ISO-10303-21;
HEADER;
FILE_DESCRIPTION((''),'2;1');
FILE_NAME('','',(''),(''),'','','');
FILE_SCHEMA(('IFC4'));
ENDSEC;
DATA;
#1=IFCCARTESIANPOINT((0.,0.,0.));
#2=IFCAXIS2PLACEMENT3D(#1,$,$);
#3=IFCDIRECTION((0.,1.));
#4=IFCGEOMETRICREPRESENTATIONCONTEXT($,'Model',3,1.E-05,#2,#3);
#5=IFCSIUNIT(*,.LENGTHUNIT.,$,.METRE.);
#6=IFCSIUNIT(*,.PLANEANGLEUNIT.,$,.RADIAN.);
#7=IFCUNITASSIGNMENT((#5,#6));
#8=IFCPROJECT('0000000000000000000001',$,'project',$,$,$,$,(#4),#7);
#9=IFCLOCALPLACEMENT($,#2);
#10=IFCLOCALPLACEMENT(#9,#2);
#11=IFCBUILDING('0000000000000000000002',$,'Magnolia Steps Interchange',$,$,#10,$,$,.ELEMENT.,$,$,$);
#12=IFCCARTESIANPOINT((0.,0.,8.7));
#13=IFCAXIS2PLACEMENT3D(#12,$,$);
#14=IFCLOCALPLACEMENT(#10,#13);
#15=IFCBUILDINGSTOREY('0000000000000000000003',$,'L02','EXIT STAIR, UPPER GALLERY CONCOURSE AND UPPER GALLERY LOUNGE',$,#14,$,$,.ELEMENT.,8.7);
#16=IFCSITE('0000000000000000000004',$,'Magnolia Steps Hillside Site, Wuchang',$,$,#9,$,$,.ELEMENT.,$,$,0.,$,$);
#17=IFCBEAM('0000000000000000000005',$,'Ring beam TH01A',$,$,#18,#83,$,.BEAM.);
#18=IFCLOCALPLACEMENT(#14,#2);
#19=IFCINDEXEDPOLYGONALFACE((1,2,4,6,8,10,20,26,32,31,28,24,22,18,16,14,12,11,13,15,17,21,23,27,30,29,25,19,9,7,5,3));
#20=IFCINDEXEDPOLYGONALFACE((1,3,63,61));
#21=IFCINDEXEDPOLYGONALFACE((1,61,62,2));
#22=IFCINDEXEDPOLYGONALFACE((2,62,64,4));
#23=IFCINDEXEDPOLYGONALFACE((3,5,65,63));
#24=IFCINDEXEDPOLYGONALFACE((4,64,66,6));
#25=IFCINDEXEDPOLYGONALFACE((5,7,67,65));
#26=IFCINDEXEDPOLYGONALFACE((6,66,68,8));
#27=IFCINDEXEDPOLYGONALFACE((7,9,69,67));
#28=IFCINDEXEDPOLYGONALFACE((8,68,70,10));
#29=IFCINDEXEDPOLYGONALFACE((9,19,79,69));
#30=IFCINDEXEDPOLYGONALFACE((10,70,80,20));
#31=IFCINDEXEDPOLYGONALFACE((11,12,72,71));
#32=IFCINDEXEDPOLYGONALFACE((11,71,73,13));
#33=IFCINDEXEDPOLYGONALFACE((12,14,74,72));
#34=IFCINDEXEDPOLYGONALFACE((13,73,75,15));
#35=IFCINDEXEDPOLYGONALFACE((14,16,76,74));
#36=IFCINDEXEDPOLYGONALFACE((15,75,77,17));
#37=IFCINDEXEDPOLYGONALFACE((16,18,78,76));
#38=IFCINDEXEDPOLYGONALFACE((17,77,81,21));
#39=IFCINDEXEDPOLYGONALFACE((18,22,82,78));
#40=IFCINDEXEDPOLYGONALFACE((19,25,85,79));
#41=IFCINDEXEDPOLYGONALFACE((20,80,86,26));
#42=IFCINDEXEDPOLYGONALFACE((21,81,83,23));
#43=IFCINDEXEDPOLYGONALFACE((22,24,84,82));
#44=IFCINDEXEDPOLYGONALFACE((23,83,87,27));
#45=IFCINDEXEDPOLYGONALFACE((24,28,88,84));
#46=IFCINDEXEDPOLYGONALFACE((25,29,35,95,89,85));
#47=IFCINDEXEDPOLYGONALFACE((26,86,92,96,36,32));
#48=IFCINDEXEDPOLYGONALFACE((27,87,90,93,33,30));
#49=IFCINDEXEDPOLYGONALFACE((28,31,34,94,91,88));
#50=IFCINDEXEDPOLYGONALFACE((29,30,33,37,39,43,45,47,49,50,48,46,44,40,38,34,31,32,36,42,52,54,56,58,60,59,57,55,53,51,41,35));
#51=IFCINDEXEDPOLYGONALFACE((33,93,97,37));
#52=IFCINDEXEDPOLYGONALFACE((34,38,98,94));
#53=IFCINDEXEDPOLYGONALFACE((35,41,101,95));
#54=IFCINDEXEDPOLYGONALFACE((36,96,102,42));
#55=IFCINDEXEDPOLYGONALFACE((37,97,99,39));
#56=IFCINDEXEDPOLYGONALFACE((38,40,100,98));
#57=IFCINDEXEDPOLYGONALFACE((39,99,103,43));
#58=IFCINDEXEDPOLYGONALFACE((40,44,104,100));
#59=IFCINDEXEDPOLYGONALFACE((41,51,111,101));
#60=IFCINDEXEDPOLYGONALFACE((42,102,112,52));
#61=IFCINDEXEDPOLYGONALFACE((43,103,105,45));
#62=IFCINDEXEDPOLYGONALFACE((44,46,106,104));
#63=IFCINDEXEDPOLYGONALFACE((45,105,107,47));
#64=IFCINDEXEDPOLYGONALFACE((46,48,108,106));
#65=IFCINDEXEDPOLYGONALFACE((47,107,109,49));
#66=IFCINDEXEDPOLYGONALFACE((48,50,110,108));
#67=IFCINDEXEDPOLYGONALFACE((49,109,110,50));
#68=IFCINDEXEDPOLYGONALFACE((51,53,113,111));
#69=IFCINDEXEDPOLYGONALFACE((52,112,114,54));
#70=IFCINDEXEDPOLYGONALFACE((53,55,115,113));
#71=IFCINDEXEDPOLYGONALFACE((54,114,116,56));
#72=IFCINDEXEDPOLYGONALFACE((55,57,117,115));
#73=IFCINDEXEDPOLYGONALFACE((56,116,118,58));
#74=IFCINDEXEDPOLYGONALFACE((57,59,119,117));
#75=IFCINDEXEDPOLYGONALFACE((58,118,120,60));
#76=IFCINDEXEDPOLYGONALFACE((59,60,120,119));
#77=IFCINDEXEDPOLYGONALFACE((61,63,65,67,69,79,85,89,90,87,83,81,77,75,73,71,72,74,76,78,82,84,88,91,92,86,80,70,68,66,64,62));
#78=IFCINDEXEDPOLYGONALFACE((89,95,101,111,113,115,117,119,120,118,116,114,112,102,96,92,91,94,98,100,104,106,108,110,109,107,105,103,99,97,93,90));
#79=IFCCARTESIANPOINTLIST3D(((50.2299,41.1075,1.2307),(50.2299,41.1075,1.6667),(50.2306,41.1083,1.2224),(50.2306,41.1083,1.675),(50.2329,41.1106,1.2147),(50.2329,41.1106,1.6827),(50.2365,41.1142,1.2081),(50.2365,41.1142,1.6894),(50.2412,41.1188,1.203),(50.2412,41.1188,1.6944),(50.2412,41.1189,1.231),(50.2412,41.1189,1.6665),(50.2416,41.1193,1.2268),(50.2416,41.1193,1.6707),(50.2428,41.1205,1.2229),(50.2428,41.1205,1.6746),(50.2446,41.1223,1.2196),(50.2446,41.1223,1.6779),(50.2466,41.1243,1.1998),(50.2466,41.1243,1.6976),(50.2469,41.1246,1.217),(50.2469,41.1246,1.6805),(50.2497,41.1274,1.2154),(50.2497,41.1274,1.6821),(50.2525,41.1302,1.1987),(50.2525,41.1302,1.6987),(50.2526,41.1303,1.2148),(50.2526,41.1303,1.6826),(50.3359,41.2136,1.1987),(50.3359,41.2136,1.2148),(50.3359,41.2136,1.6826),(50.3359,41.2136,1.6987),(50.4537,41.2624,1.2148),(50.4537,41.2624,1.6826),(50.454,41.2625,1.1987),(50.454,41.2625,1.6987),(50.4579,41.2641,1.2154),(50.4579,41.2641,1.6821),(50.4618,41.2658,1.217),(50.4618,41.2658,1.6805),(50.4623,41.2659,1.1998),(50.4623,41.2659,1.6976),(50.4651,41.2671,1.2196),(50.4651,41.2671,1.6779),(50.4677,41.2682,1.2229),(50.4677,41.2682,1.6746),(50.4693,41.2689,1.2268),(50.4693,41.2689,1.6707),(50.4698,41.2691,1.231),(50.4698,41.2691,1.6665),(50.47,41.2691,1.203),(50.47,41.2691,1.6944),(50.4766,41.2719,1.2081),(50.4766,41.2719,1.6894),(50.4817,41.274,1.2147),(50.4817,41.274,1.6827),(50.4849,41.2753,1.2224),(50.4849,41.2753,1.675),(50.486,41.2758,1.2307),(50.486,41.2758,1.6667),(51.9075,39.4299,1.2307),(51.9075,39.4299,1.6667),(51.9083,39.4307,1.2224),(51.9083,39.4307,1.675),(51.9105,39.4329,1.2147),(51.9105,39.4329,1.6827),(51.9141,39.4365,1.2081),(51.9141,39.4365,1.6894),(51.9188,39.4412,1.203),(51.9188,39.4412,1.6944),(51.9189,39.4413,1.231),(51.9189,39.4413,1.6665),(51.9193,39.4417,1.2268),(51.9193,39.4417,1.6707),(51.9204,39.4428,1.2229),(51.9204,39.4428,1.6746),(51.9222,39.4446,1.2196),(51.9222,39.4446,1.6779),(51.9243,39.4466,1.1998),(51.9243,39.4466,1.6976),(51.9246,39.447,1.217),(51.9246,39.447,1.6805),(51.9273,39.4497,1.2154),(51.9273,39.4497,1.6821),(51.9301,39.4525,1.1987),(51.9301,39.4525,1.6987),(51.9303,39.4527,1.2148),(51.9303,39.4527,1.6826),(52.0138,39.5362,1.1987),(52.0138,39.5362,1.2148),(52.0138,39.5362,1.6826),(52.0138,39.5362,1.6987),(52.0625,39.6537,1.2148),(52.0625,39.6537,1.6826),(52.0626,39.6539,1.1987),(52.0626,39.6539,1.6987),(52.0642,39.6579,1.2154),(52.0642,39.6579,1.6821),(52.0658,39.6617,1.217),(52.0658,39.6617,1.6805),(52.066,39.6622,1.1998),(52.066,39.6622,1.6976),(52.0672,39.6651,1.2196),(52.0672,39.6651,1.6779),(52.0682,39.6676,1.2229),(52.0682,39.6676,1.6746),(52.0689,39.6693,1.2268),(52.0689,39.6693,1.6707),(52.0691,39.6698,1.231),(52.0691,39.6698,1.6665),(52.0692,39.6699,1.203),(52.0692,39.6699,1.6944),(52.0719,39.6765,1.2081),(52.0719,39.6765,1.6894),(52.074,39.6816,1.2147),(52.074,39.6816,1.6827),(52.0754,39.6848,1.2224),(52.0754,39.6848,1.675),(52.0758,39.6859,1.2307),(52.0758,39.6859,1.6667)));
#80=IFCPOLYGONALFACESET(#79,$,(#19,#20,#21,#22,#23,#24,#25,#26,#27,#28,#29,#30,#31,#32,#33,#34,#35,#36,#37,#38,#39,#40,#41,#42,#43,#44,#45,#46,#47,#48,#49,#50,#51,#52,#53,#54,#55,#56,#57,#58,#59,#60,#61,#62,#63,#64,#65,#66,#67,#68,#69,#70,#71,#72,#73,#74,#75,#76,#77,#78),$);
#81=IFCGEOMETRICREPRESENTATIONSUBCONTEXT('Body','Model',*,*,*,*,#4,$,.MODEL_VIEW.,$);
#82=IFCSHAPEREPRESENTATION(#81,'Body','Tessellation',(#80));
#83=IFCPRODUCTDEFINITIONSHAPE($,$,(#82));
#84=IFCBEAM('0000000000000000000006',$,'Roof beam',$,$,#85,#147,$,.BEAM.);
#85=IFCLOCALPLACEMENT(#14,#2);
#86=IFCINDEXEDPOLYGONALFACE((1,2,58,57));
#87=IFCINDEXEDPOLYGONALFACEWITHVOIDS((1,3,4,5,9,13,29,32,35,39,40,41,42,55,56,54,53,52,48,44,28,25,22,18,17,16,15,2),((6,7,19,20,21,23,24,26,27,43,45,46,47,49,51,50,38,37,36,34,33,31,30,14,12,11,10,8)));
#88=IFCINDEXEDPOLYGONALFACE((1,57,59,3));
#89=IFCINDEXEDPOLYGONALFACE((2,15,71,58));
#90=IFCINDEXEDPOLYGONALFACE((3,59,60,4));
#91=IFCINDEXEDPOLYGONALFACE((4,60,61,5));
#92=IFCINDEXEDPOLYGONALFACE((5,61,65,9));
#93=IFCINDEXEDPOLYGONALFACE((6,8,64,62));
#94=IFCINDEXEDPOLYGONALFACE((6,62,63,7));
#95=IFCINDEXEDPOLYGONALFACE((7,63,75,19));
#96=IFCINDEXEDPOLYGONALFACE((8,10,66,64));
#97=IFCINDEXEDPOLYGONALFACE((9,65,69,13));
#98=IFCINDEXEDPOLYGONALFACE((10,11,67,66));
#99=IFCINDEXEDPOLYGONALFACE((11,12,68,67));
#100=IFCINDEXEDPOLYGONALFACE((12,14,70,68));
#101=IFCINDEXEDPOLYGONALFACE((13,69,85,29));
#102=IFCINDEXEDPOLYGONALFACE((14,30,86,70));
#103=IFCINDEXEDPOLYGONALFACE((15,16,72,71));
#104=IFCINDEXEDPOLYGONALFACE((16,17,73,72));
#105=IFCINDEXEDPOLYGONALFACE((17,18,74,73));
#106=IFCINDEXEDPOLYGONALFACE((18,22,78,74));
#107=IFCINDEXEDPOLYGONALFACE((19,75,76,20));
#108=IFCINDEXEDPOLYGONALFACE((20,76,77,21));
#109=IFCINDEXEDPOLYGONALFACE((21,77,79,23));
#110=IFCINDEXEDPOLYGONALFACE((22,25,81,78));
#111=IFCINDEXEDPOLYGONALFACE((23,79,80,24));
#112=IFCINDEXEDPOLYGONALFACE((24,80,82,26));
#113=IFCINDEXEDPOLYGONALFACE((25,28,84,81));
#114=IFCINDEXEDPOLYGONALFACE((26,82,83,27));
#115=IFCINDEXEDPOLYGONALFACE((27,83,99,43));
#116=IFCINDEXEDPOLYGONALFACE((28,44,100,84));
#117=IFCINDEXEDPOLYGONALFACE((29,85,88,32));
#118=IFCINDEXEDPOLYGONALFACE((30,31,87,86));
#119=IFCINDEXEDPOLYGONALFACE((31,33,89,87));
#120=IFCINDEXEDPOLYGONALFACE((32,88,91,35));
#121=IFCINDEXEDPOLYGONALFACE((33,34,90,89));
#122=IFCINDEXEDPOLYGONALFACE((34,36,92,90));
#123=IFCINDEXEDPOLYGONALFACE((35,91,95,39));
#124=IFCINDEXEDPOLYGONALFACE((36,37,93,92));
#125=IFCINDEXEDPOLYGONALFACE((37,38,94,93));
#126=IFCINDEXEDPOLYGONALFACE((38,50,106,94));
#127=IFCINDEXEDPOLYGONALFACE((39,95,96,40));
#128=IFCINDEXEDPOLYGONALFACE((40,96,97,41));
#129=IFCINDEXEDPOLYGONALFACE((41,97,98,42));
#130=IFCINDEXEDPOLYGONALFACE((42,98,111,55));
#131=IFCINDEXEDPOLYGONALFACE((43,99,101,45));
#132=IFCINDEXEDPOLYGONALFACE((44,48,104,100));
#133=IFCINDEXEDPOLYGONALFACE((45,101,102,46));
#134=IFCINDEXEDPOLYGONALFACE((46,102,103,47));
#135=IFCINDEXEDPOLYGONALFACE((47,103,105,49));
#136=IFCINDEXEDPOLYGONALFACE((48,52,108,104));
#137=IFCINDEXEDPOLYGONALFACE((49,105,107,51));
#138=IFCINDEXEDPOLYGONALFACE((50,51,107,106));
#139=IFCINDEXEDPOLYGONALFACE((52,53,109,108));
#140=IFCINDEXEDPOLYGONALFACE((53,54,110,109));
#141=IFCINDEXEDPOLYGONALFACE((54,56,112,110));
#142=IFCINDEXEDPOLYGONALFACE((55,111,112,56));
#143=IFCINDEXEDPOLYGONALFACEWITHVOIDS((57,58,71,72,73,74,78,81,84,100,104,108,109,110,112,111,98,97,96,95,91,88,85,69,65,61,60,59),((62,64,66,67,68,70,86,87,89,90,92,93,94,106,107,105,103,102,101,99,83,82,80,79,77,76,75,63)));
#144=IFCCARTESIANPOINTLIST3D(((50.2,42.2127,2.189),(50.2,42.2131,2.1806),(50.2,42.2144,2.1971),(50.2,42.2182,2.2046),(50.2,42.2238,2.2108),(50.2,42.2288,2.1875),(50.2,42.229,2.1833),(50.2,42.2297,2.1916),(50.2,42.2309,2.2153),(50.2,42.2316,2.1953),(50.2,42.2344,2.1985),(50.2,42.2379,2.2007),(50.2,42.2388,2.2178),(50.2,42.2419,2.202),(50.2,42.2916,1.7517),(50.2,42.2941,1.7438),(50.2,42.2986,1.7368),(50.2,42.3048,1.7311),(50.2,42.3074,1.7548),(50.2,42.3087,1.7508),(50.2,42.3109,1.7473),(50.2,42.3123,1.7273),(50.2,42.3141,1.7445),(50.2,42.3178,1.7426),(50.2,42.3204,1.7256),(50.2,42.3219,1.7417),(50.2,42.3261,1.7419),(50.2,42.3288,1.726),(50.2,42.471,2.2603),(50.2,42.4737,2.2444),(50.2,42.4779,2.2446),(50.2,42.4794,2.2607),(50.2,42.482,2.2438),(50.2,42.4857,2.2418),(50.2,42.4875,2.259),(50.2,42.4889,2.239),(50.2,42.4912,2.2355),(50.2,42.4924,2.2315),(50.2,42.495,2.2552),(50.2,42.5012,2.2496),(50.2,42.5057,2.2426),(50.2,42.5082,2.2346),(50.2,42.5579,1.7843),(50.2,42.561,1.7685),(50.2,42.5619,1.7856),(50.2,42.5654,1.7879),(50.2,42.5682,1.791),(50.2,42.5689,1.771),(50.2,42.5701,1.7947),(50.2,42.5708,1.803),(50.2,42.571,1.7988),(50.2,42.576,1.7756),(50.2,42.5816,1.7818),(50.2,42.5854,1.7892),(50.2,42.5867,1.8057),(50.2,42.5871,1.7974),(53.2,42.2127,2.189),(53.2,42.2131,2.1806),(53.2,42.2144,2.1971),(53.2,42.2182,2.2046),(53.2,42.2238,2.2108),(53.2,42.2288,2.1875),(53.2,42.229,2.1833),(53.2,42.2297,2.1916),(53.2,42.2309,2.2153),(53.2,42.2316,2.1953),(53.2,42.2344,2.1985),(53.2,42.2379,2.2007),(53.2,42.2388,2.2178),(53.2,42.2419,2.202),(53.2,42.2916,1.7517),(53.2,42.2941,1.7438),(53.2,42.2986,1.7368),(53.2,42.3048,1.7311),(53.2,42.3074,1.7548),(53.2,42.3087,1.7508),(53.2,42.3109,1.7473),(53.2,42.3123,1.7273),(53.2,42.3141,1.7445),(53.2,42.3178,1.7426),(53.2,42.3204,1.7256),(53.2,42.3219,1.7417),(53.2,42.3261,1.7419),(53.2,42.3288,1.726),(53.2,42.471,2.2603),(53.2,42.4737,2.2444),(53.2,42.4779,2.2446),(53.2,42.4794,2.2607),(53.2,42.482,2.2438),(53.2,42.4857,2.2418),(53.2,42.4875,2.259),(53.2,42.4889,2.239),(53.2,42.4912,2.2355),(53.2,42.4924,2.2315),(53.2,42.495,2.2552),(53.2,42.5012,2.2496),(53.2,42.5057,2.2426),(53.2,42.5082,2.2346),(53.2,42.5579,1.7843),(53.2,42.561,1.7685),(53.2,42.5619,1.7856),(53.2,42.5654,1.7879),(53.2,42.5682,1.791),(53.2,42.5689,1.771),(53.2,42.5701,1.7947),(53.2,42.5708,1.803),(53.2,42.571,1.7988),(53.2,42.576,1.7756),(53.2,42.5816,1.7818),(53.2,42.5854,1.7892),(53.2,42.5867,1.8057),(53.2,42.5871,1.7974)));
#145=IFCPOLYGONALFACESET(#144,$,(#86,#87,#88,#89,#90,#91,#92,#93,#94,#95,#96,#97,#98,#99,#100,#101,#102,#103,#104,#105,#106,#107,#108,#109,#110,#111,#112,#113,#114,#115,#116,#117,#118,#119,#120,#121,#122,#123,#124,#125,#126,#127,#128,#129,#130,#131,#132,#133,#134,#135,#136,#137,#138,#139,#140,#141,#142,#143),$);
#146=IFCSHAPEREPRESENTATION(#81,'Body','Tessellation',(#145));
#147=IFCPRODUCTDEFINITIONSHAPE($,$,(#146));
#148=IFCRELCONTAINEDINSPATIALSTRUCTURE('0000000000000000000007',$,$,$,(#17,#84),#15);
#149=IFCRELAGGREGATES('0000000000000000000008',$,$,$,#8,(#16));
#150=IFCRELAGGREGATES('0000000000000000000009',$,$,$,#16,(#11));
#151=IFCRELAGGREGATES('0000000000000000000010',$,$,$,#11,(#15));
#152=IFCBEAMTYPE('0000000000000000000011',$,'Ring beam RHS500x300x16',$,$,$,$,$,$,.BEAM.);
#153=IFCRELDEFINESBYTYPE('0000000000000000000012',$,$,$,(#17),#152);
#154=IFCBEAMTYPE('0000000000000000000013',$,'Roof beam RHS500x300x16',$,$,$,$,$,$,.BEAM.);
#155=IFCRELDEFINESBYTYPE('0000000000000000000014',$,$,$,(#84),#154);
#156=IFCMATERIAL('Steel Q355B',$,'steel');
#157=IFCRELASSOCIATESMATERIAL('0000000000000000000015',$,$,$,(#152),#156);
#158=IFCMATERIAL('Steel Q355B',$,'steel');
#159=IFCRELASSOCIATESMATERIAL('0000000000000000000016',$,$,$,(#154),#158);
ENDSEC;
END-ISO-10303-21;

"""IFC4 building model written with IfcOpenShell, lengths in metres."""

from ifc_helpers import new_model, si_unit, direction, frame, origin, origin_2d, place, context, subcontext, project, spatial, hollow_rectangle, extrude, clip, halfspace, material, material_profile, profile_set, type_object, element, save


model = new_model("IFC4")

# Units and contexts
model_context = context("Model", 3, precision=1e-05, world=origin(), true_north=direction((0.0, 1.0)))
body_context = subcontext(model_context, "Body", "Model", "MODEL_VIEW")
ifc_project = project(units=[si_unit("LENGTHUNIT", "METRE"), si_unit("PLANEANGLEUNIT", "RADIAN")], contexts=[model_context])

# Site, building, storey
site_placement = place(None, origin())
site = spatial("IfcSite", under=ifc_project, at=site_placement, Name="Magnolia Steps Hillside Site, Wuchang", CompositionType="ELEMENT", RefElevation=0.0)
building_placement = place(site_placement, origin())
building = spatial("IfcBuilding", under=site, at=building_placement, Name="Magnolia Steps Interchange", CompositionType="ELEMENT")
storey_placement = place(building_placement, frame((0.0, 0.0, 8.7)))
storey = spatial("IfcBuildingStorey", under=building, at=storey_placement, Name="L02", Description="EXIT STAIR, UPPER GALLERY CONCOURSE AND UPPER GALLERY LOUNGE", CompositionType="ELEMENT", Elevation=8.7)

# Beams
ifc_material_1 = material(Name="Steel Q355B", Category="steel")
ifc_material_profile_1 = material_profile(ifc_material_1, hollow_rectangle(XDim=0.3, YDim=0.5, WallThickness=0.0161, InnerFilletRadius=0.0161, OuterFilletRadius=0.032, at=origin_2d()), Name="RHS500x300x16")
ifc_profile_set_1 = profile_set([ifc_material_profile_1], Name="Steel Q355B")
beam_type_1 = type_object("IfcBeamType", Name="Ring beam RHS500x300x16", PredefinedType="BEAM", material=ifc_profile_set_1)
beam_1_placement = place(storey_placement, frame((50.3359, 41.2136, 1.4487), z_axis=(0.707107, -0.707107, 0.0), x_axis=(0.707107, 0.707107, 0.0)))
element("IfcBeam", 1, at=beam_1_placement, inside=storey, type_object=beam_type_1, Name="Ring beam TH01A", PredefinedType="BEAM", context=body_context, shape_type="Clipping", body=[
    clip(clip(extrude(hollow_rectangle(XDim=0.3, YDim=0.5, WallThickness=0.0161, InnerFilletRadius=0.0161, OuterFilletRadius=0.032, at=origin_2d()), origin(), (0.0, 0.0, 1.0), 2.3726), halfspace(frame((0.0, 0.0, 0.0), z_axis=(0.382683, 0.0, -0.92388), x_axis=(0.92388, 0.0, 0.382683)), False)), halfspace(frame((0.0, 0.0, 2.3727), z_axis=(0.382683, 0.0, 0.92388), x_axis=(0.92388, 0.0, -0.382683)), False)),
])
ifc_material_2 = material(Name="Steel Q355B", Category="steel")
ifc_material_profile_2 = material_profile(ifc_material_2, hollow_rectangle(XDim=0.3, YDim=0.5, WallThickness=0.0161, InnerFilletRadius=0.0161, OuterFilletRadius=0.032, at=origin_2d()), Name="RHS500x300x16")
ifc_profile_set_2 = profile_set([ifc_material_profile_2], Name="Steel Q355B")
beam_type_2 = type_object("IfcBeamType", Name="Roof beam RHS500x300x16", PredefinedType="BEAM", material=ifc_profile_set_2)
beam_2_placement = place(storey_placement, frame((50.2, 42.3999, 1.9932), z_axis=(1.0, 0.0, 0.0), x_axis=(0.0, 0.983677, 0.179941)))
element("IfcBeam", 2, at=beam_2_placement, inside=storey, type_object=beam_type_2, Name="Roof beam", PredefinedType="BEAM", context=body_context, shape_type="SweptSolid", body=[
    extrude(hollow_rectangle(XDim=0.3, YDim=0.5, WallThickness=0.0161, InnerFilletRadius=0.0161, OuterFilletRadius=0.032, at=origin_2d()), origin(), (0.0, 0.0, 1.0), 3.0),
])

save(model, "model.ifc")
